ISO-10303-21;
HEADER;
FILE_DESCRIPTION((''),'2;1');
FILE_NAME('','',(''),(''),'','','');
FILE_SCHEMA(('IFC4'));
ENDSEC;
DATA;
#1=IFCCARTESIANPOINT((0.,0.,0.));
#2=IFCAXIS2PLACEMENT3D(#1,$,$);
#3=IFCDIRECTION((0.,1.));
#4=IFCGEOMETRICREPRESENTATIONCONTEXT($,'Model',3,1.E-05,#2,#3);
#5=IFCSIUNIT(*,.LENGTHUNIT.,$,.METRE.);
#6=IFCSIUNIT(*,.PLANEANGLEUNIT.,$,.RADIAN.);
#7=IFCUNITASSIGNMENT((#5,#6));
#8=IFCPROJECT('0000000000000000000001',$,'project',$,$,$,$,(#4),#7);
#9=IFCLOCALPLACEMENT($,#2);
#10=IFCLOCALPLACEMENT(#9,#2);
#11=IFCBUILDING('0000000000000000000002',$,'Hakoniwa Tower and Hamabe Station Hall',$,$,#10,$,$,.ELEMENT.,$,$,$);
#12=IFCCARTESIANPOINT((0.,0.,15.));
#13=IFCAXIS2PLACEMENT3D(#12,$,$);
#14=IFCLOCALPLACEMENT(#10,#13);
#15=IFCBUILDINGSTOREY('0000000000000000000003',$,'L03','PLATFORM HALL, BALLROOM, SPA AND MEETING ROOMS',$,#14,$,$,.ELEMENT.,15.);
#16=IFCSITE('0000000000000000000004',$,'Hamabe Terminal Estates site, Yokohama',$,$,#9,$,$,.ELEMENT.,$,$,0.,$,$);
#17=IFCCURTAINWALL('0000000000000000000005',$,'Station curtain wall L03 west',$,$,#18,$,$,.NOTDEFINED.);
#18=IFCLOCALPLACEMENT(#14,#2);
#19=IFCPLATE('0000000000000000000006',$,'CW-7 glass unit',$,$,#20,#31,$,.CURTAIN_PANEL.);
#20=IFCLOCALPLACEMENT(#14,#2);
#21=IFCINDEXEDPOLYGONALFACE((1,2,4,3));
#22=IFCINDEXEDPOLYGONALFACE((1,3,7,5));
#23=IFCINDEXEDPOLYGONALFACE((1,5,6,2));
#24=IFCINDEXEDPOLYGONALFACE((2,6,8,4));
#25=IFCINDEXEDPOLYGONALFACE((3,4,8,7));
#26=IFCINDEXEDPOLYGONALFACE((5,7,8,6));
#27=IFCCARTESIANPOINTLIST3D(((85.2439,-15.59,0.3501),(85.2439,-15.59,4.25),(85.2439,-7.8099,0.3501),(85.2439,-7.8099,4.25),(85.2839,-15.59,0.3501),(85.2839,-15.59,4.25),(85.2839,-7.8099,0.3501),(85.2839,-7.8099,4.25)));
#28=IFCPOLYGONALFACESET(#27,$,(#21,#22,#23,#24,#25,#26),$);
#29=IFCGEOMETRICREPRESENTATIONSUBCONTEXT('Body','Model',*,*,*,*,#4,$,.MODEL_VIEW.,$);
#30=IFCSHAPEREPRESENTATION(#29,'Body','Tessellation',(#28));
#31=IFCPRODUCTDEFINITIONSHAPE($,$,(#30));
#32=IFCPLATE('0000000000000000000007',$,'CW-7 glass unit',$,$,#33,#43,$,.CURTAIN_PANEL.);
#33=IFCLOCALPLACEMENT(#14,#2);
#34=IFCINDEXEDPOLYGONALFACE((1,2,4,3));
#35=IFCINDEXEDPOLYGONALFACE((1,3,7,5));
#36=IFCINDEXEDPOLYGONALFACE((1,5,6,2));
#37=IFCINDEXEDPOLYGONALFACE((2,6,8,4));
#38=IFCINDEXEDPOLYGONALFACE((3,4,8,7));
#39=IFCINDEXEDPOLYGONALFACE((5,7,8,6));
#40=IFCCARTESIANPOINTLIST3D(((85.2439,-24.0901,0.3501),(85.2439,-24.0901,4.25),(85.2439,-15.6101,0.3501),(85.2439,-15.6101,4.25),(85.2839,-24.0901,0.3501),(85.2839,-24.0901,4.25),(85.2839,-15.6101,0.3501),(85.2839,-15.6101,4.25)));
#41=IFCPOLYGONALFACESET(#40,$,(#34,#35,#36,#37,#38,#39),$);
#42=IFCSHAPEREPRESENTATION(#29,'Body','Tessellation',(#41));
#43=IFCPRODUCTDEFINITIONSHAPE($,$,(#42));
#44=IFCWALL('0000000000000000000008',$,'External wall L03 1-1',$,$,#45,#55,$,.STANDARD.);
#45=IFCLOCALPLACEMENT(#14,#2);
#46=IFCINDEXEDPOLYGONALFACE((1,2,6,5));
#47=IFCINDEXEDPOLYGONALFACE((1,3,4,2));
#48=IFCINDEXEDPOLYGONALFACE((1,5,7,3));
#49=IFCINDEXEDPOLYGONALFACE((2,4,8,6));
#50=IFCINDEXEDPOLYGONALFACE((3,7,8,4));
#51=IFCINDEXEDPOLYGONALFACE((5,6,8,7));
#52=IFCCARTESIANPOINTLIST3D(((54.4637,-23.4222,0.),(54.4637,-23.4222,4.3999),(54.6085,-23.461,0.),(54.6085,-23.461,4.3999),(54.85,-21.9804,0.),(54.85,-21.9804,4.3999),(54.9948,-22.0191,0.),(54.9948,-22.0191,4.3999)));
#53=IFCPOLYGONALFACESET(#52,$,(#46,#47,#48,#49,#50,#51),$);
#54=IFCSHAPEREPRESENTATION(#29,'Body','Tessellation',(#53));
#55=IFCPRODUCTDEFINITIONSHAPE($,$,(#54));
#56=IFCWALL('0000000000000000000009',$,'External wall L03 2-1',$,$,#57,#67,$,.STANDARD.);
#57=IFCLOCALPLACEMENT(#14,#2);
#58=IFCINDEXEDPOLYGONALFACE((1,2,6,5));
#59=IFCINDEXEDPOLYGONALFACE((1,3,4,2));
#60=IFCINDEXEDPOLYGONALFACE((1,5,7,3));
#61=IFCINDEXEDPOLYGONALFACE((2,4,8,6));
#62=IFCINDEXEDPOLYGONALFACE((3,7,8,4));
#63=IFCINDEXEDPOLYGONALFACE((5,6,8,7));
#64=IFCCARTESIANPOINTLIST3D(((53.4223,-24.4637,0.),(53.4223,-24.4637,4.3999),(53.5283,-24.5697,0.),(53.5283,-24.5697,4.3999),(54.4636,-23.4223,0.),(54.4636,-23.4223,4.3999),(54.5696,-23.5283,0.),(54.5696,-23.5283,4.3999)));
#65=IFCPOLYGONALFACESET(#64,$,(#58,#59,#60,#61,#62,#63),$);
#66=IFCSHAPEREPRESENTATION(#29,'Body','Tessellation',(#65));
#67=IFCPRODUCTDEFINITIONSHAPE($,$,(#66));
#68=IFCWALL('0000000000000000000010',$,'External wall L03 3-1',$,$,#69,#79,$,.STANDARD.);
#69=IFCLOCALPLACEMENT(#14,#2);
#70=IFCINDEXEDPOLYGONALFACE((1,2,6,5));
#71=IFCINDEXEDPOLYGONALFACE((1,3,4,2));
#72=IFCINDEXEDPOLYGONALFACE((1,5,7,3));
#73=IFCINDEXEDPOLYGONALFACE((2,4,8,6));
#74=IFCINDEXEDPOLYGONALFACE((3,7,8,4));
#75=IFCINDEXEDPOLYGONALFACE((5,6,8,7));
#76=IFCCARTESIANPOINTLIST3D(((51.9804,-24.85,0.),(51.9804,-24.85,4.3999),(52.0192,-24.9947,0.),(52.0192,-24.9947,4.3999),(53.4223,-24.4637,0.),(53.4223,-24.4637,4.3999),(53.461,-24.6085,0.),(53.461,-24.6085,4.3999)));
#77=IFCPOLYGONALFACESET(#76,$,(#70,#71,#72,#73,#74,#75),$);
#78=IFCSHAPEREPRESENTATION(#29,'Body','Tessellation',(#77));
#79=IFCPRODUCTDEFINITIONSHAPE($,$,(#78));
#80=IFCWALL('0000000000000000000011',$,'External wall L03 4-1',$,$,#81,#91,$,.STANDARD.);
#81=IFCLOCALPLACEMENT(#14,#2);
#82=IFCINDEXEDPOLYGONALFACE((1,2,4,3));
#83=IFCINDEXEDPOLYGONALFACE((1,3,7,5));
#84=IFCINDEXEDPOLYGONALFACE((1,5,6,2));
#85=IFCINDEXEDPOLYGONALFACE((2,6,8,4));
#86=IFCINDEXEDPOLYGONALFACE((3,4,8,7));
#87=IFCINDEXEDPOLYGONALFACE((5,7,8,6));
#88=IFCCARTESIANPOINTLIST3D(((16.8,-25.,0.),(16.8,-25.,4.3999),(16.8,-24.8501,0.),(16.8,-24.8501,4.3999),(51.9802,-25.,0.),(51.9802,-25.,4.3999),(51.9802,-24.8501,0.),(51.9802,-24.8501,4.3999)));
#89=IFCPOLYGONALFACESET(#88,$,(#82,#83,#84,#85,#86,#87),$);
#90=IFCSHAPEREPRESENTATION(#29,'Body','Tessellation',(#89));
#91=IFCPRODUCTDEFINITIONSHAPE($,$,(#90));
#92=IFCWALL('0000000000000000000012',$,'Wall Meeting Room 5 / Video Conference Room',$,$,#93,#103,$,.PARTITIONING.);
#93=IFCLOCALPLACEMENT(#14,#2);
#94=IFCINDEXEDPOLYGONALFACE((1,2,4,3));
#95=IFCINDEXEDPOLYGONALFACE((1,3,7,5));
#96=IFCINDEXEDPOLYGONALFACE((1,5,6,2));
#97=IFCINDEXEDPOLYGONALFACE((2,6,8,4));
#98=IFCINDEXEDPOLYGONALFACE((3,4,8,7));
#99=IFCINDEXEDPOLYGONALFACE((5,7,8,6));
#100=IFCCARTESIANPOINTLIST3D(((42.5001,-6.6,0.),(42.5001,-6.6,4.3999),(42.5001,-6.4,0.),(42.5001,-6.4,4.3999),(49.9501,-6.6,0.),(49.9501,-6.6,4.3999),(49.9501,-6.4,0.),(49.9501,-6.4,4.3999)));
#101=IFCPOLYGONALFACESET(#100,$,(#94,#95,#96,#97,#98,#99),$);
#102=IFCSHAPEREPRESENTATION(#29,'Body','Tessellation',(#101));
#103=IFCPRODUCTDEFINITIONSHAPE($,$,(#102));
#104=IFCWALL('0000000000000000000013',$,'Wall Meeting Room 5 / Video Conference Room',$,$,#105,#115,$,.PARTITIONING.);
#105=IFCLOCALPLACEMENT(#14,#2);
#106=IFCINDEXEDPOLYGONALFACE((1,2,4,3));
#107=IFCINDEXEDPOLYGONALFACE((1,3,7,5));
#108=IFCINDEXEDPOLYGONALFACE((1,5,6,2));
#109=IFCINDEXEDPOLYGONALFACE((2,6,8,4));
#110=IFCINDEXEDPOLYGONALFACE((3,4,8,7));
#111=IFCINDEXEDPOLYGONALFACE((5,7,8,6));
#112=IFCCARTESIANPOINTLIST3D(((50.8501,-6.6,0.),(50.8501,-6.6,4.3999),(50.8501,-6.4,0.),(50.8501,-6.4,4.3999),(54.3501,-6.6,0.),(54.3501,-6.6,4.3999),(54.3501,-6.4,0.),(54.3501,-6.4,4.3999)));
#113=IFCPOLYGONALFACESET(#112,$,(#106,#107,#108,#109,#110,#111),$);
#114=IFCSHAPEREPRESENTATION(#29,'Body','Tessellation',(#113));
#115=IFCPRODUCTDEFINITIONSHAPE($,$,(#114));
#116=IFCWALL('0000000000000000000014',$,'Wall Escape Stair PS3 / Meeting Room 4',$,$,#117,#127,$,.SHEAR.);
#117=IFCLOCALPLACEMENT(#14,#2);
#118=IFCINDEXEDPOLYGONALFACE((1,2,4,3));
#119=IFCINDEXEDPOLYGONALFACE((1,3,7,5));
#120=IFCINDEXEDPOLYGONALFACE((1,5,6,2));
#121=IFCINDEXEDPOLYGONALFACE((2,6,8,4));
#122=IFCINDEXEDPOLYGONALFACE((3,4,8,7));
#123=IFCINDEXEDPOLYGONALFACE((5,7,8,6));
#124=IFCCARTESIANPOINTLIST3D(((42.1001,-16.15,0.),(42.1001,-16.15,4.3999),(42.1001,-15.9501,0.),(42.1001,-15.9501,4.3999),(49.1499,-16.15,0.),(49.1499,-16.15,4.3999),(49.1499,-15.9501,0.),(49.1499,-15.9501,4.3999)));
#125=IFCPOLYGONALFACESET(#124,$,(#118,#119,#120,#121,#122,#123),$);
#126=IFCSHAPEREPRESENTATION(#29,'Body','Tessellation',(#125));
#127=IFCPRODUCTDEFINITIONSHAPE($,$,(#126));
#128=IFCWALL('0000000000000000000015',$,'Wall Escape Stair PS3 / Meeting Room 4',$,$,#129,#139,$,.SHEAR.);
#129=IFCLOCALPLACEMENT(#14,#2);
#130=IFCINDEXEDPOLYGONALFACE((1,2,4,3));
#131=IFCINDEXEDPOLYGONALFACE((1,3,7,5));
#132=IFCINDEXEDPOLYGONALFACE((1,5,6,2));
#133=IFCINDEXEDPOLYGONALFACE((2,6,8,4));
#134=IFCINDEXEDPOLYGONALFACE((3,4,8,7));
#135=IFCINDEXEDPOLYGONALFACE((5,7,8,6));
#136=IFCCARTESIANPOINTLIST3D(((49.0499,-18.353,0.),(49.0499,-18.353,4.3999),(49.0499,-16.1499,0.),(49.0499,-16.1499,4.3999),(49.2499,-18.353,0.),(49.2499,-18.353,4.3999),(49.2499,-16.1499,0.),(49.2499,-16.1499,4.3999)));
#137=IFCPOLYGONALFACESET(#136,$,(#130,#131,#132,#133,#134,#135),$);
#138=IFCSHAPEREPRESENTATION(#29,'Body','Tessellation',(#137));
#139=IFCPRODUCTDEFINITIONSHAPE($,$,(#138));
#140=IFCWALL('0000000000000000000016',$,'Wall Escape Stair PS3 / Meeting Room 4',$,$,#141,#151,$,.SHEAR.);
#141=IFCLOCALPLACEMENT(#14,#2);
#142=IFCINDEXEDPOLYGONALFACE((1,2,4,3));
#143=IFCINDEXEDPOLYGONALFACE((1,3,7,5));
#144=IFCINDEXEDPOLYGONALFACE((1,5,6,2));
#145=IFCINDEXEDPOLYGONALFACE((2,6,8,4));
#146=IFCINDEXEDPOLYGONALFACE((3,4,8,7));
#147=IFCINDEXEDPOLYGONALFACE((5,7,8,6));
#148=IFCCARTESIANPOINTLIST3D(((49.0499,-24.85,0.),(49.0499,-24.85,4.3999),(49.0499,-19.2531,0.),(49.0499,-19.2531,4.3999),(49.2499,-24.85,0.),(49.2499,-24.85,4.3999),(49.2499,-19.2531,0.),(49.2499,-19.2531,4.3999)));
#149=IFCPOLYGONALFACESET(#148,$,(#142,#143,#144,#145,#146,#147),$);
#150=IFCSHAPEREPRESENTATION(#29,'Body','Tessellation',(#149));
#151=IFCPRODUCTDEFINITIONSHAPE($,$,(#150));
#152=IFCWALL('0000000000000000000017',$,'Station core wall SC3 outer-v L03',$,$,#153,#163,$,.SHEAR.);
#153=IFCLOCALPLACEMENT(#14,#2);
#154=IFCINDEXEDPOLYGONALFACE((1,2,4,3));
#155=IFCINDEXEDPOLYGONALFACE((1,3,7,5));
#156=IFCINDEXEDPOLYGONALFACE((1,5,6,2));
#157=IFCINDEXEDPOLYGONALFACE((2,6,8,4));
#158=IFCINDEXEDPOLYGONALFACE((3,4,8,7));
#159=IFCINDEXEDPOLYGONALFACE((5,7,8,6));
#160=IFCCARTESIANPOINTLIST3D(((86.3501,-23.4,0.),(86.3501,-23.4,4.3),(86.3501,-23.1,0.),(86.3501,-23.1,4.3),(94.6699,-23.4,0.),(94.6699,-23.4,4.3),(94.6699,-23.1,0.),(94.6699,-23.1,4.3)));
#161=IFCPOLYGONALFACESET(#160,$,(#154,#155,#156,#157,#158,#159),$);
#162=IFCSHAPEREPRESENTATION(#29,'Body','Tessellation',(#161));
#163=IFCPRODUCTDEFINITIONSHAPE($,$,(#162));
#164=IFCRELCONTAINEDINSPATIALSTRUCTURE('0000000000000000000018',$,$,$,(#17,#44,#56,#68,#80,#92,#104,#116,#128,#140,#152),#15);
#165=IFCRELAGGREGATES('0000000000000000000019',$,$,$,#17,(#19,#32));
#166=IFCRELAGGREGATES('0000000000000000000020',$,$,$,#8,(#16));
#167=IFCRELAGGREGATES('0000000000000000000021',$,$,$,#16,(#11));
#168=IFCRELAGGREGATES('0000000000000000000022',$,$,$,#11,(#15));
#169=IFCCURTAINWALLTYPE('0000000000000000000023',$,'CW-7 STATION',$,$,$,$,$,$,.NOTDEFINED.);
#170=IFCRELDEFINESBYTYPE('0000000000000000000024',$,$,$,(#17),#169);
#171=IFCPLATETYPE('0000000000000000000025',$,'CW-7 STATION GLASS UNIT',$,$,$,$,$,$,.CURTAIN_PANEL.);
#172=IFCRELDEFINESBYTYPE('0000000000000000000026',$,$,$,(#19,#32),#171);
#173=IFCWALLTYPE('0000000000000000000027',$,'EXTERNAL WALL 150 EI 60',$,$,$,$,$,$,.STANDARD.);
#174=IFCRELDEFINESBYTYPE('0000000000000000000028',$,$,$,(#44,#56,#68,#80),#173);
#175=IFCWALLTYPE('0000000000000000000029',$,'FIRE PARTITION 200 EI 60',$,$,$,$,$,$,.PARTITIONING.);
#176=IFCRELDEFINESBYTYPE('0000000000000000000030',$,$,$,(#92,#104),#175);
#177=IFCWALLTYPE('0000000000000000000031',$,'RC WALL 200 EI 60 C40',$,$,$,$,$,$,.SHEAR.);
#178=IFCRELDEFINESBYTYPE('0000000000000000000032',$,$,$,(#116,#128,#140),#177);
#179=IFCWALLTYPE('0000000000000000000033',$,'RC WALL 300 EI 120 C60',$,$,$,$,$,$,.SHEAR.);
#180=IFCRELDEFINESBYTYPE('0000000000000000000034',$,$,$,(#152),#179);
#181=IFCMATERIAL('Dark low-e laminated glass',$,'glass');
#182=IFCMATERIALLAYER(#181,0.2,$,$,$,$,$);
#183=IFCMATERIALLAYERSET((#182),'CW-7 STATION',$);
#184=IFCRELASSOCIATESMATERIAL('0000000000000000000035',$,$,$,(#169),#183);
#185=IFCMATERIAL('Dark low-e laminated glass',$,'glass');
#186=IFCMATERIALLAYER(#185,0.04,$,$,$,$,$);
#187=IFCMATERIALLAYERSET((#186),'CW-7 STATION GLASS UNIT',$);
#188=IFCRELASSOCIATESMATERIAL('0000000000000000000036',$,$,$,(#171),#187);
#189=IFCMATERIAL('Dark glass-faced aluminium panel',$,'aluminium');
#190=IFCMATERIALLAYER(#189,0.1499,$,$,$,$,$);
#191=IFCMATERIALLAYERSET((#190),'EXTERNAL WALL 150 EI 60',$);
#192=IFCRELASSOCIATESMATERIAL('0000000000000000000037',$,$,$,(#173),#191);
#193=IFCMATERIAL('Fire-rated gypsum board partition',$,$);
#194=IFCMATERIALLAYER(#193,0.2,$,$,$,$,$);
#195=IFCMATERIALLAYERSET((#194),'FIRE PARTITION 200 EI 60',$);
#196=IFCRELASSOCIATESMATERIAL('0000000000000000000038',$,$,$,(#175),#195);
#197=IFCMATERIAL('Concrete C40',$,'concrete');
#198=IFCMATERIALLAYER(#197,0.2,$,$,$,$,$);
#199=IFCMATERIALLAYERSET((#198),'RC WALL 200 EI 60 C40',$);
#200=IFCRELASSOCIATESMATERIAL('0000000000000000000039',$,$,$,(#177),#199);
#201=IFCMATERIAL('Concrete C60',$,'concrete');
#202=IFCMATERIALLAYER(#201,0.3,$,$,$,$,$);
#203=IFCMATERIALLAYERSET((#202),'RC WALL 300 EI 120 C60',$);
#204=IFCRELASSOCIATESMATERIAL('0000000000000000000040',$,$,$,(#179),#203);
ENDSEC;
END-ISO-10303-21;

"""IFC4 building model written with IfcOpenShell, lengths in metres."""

from ifc_helpers import new_model, si_unit, direction, frame, frame_2d, origin, origin_2d, place, context, subcontext, project, spatial, rectangle, extrude, material, layer, layer_set, type_object, element, aggregate, save


model = new_model("IFC4")

# Units and contexts
model_context = context("Model", 3, precision=1e-05, world=origin(), true_north=direction((0.0, 1.0)))
body_context = subcontext(model_context, "Body", "Model", "MODEL_VIEW")
ifc_project = project(units=[si_unit("LENGTHUNIT", "METRE"), si_unit("PLANEANGLEUNIT", "RADIAN")], contexts=[model_context])

# Site, building, storey
site_placement = place(None, origin())
site = spatial("IfcSite", under=ifc_project, at=site_placement, Name="Hamabe Terminal Estates site, Yokohama", CompositionType="ELEMENT", RefElevation=0.0)
building_placement = place(site_placement, origin())
building = spatial("IfcBuilding", under=site, at=building_placement, Name="Hakoniwa Tower and Hamabe Station Hall", CompositionType="ELEMENT")
storey_placement = place(building_placement, frame((0.0, 0.0, 15.0)))
storey = spatial("IfcBuildingStorey", under=building, at=storey_placement, Name="L03", Description="PLATFORM HALL, BALLROOM, SPA AND MEETING ROOMS", CompositionType="ELEMENT", Elevation=15.0)

# Shared definitions
ifc_material_1 = material(Name="Dark low-e laminated glass", Category="glass")
ifc_layer_1 = layer(ifc_material_1, 0.2)
ifc_layer_set_1 = layer_set([ifc_layer_1], Name="CW-7 STATION")
curtain_wall_type = type_object("IfcCurtainWallType", Name="CW-7 STATION", PredefinedType="NOTDEFINED", material=ifc_layer_set_1)

# Curtain wall, plates
curtain_wall_1_placement = place(storey_placement, origin())
curtain_wall_1 = element("IfcCurtainWall", 1, at=curtain_wall_1_placement, inside=storey, type_object=curtain_wall_type, Name="Station curtain wall L03 west", PredefinedType="NOTDEFINED")
ifc_material_2 = material(Name="Dark low-e laminated glass", Category="glass")
ifc_layer_2 = layer(ifc_material_2, 0.04)
ifc_layer_set_2 = layer_set([ifc_layer_2], Name="CW-7 STATION GLASS UNIT")
plate_type = type_object("IfcPlateType", Name="CW-7 STATION GLASS UNIT", PredefinedType="CURTAIN_PANEL", material=ifc_layer_set_2)
plate_1_placement = place(storey_placement, frame((85.2639, -11.7, 0.3501), z_axis=(0.0, 0.0, 1.0), x_axis=(0.0, -1.0, 0.0)))
plate_1 = element("IfcPlate", 2, at=plate_1_placement, type_object=plate_type, Name="CW-7 glass unit", PredefinedType="CURTAIN_PANEL", context=body_context, shape_type="SweptSolid", body=[
    extrude(rectangle(XDim=7.78, YDim=0.04, at=origin_2d()), origin(), (0.0, 0.0, 1.0), 3.8999),
])
plate_2_placement = place(storey_placement, frame((85.2639, -19.8501, 0.3501), z_axis=(0.0, 0.0, 1.0), x_axis=(0.0, -1.0, 0.0)))
plate_2 = element("IfcPlate", 3, at=plate_2_placement, type_object=plate_type, Name="CW-7 glass unit", PredefinedType="CURTAIN_PANEL", context=body_context, shape_type="SweptSolid", body=[
    extrude(rectangle(XDim=8.48, YDim=0.04, at=origin_2d()), origin(), (0.0, 0.0, 1.0), 3.8999),
])
aggregate(curtain_wall_1, [plate_1, plate_2])

# Walls
ifc_material_3 = material(Name="Dark glass-faced aluminium panel", Category="aluminium")
ifc_layer_3 = layer(ifc_material_3, 0.1499)
ifc_layer_set_3 = layer_set([ifc_layer_3], Name="EXTERNAL WALL 150 EI 60")
wall_type_1 = type_object("IfcWallType", Name="EXTERNAL WALL 150 EI 60", PredefinedType="STANDARD", material=ifc_layer_set_3)
wall_1_placement = place(storey_placement, frame((54.9224, -21.9998, 0.0), z_axis=(0.0, 0.0, 1.0), x_axis=(-0.258742, -0.965947, 0.0)))
element("IfcWall", 4, at=wall_1_placement, inside=storey, type_object=wall_type_1, Name="External wall L03 1-1", PredefinedType="STANDARD", context=body_context, shape_type="SweptSolid", body=[
    extrude(rectangle(XDim=1.4927, YDim=0.1499, at=frame_2d((0.7463, 0.0))), origin(), (0.0, 0.0, 1.0), 4.3999),
])
wall_2_placement = place(storey_placement, frame((54.5166, -23.4753, 0.0), z_axis=(0.0, 0.0, 1.0), x_axis=(-0.707107, -0.707107, 0.0)))
element("IfcWall", 5, at=wall_2_placement, inside=storey, type_object=wall_type_1, Name="External wall L03 2-1", PredefinedType="STANDARD", context=body_context, shape_type="SweptSolid", body=[
    extrude(rectangle(XDim=1.4727, YDim=0.1499, at=frame_2d((0.7363, 0.0))), origin(), (0.0, 0.0, 1.0), 4.3999),
])
wall_3_placement = place(storey_placement, frame((53.4417, -24.5361, 0.0), z_axis=(0.0, 0.0, 1.0), x_axis=(-0.965947, -0.258742, 0.0)))
element("IfcWall", 6, at=wall_3_placement, inside=storey, type_object=wall_type_1, Name="External wall L03 3-1", PredefinedType="STANDARD", context=body_context, shape_type="SweptSolid", body=[
    extrude(rectangle(XDim=1.4927, YDim=0.1499, at=frame_2d((0.7463, 0.0))), origin(), (0.0, 0.0, 1.0), 4.3999),
])
wall_4_placement = place(storey_placement, frame((51.9802, -24.925, 0.0), z_axis=(0.0, 0.0, 1.0), x_axis=(-1.0, 0.0, 0.0)))
element("IfcWall", 7, at=wall_4_placement, inside=storey, type_object=wall_type_1, Name="External wall L03 4-1", PredefinedType="STANDARD", context=body_context, shape_type="SweptSolid", body=[
    extrude(rectangle(XDim=35.1802, YDim=0.1499, at=frame_2d((17.5901, 0.0))), origin(), (0.0, 0.0, 1.0), 4.3999),
])
ifc_material_4 = material(Name="Fire-rated gypsum board partition")
ifc_layer_4 = layer(ifc_material_4, 0.2)
ifc_layer_set_4 = layer_set([ifc_layer_4], Name="FIRE PARTITION 200 EI 60")
wall_type_2 = type_object("IfcWallType", Name="FIRE PARTITION 200 EI 60", PredefinedType="PARTITIONING", material=ifc_layer_set_4)
wall_5_placement = place(storey_placement, frame((42.5, -6.5, 0.0), z_axis=(0.0, 0.0, 1.0), x_axis=(1.0, 0.0, 0.0)))
element("IfcWall", 8, at=wall_5_placement, inside=storey, type_object=wall_type_2, Name="Wall Meeting Room 5 / Video Conference Room", PredefinedType="PARTITIONING", context=body_context, shape_type="SweptSolid", body=[
    extrude(rectangle(XDim=7.45, YDim=0.2, at=frame_2d((3.7251, 0.0))), origin(), (0.0, 0.0, 1.0), 4.3999),
])
wall_6_placement = place(storey_placement, frame((50.8501, -6.5, 0.0), z_axis=(0.0, 0.0, 1.0), x_axis=(1.0, 0.0, 0.0)))
element("IfcWall", 9, at=wall_6_placement, inside=storey, type_object=wall_type_2, Name="Wall Meeting Room 5 / Video Conference Room", PredefinedType="PARTITIONING", context=body_context, shape_type="SweptSolid", body=[
    extrude(rectangle(XDim=3.5, YDim=0.2, at=frame_2d((1.75, 0.0))), origin(), (0.0, 0.0, 1.0), 4.3999),
])
ifc_material_5 = material(Name="Concrete C40", Category="concrete")
ifc_layer_5 = layer(ifc_material_5, 0.2)
ifc_layer_set_5 = layer_set([ifc_layer_5], Name="RC WALL 200 EI 60 C40")
wall_type_3 = type_object("IfcWallType", Name="RC WALL 200 EI 60 C40", PredefinedType="SHEAR", material=ifc_layer_set_5)
wall_7_placement = place(storey_placement, frame((42.1001, -16.05, 0.0), z_axis=(0.0, 0.0, 1.0), x_axis=(1.0, 0.0, 0.0)))
element("IfcWall", 10, at=wall_7_placement, inside=storey, type_object=wall_type_3, Name="Wall Escape Stair PS3 / Meeting Room 4", PredefinedType="SHEAR", context=body_context, shape_type="SweptSolid", body=[
    extrude(rectangle(XDim=7.0498, YDim=0.2, at=frame_2d((3.5249, 0.0))), origin(), (0.0, 0.0, 1.0), 4.3999),
])
wall_8_placement = place(storey_placement, frame((49.1499, -16.1499, 0.0), z_axis=(0.0, 0.0, 1.0), x_axis=(0.0, -1.0, 0.0)))
element("IfcWall", 11, at=wall_8_placement, inside=storey, type_object=wall_type_3, Name="Wall Escape Stair PS3 / Meeting Room 4", PredefinedType="SHEAR", context=body_context, shape_type="SweptSolid", body=[
    extrude(rectangle(XDim=2.2031, YDim=0.2, at=frame_2d((1.1016, 0.0))), origin(), (0.0, 0.0, 1.0), 4.3999),
])
wall_9_placement = place(storey_placement, frame((49.1499, -19.2532, 0.0), z_axis=(0.0, 0.0, 1.0), x_axis=(0.0, -1.0, 0.0)))
element("IfcWall", 12, at=wall_9_placement, inside=storey, type_object=wall_type_3, Name="Wall Escape Stair PS3 / Meeting Room 4", PredefinedType="SHEAR", context=body_context, shape_type="SweptSolid", body=[
    extrude(rectangle(XDim=5.5969, YDim=0.2, at=frame_2d((2.7983, 0.0))), origin(), (0.0, 0.0, 1.0), 4.3999),
])
ifc_material_6 = material(Name="Concrete C60", Category="concrete")
ifc_layer_6 = layer(ifc_material_6, 0.3)
ifc_layer_set_6 = layer_set([ifc_layer_6], Name="RC WALL 300 EI 120 C60")
wall_type_4 = type_object("IfcWallType", Name="RC WALL 300 EI 120 C60", PredefinedType="SHEAR", material=ifc_layer_set_6)
wall_10_placement = place(storey_placement, frame((86.3501, -23.25, 0.0), z_axis=(0.0, 0.0, 1.0), x_axis=(1.0, 0.0, 0.0)))
element("IfcWall", 13, at=wall_10_placement, inside=storey, type_object=wall_type_4, Name="Station core wall SC3 outer-v L03", PredefinedType="SHEAR", context=body_context, shape_type="SweptSolid", body=[
    extrude(rectangle(XDim=8.3198, YDim=0.3, at=frame_2d((4.1599, 0.0))), origin(), (0.0, 0.0, 1.0), 4.3),
])

save(model, "model.ifc")
